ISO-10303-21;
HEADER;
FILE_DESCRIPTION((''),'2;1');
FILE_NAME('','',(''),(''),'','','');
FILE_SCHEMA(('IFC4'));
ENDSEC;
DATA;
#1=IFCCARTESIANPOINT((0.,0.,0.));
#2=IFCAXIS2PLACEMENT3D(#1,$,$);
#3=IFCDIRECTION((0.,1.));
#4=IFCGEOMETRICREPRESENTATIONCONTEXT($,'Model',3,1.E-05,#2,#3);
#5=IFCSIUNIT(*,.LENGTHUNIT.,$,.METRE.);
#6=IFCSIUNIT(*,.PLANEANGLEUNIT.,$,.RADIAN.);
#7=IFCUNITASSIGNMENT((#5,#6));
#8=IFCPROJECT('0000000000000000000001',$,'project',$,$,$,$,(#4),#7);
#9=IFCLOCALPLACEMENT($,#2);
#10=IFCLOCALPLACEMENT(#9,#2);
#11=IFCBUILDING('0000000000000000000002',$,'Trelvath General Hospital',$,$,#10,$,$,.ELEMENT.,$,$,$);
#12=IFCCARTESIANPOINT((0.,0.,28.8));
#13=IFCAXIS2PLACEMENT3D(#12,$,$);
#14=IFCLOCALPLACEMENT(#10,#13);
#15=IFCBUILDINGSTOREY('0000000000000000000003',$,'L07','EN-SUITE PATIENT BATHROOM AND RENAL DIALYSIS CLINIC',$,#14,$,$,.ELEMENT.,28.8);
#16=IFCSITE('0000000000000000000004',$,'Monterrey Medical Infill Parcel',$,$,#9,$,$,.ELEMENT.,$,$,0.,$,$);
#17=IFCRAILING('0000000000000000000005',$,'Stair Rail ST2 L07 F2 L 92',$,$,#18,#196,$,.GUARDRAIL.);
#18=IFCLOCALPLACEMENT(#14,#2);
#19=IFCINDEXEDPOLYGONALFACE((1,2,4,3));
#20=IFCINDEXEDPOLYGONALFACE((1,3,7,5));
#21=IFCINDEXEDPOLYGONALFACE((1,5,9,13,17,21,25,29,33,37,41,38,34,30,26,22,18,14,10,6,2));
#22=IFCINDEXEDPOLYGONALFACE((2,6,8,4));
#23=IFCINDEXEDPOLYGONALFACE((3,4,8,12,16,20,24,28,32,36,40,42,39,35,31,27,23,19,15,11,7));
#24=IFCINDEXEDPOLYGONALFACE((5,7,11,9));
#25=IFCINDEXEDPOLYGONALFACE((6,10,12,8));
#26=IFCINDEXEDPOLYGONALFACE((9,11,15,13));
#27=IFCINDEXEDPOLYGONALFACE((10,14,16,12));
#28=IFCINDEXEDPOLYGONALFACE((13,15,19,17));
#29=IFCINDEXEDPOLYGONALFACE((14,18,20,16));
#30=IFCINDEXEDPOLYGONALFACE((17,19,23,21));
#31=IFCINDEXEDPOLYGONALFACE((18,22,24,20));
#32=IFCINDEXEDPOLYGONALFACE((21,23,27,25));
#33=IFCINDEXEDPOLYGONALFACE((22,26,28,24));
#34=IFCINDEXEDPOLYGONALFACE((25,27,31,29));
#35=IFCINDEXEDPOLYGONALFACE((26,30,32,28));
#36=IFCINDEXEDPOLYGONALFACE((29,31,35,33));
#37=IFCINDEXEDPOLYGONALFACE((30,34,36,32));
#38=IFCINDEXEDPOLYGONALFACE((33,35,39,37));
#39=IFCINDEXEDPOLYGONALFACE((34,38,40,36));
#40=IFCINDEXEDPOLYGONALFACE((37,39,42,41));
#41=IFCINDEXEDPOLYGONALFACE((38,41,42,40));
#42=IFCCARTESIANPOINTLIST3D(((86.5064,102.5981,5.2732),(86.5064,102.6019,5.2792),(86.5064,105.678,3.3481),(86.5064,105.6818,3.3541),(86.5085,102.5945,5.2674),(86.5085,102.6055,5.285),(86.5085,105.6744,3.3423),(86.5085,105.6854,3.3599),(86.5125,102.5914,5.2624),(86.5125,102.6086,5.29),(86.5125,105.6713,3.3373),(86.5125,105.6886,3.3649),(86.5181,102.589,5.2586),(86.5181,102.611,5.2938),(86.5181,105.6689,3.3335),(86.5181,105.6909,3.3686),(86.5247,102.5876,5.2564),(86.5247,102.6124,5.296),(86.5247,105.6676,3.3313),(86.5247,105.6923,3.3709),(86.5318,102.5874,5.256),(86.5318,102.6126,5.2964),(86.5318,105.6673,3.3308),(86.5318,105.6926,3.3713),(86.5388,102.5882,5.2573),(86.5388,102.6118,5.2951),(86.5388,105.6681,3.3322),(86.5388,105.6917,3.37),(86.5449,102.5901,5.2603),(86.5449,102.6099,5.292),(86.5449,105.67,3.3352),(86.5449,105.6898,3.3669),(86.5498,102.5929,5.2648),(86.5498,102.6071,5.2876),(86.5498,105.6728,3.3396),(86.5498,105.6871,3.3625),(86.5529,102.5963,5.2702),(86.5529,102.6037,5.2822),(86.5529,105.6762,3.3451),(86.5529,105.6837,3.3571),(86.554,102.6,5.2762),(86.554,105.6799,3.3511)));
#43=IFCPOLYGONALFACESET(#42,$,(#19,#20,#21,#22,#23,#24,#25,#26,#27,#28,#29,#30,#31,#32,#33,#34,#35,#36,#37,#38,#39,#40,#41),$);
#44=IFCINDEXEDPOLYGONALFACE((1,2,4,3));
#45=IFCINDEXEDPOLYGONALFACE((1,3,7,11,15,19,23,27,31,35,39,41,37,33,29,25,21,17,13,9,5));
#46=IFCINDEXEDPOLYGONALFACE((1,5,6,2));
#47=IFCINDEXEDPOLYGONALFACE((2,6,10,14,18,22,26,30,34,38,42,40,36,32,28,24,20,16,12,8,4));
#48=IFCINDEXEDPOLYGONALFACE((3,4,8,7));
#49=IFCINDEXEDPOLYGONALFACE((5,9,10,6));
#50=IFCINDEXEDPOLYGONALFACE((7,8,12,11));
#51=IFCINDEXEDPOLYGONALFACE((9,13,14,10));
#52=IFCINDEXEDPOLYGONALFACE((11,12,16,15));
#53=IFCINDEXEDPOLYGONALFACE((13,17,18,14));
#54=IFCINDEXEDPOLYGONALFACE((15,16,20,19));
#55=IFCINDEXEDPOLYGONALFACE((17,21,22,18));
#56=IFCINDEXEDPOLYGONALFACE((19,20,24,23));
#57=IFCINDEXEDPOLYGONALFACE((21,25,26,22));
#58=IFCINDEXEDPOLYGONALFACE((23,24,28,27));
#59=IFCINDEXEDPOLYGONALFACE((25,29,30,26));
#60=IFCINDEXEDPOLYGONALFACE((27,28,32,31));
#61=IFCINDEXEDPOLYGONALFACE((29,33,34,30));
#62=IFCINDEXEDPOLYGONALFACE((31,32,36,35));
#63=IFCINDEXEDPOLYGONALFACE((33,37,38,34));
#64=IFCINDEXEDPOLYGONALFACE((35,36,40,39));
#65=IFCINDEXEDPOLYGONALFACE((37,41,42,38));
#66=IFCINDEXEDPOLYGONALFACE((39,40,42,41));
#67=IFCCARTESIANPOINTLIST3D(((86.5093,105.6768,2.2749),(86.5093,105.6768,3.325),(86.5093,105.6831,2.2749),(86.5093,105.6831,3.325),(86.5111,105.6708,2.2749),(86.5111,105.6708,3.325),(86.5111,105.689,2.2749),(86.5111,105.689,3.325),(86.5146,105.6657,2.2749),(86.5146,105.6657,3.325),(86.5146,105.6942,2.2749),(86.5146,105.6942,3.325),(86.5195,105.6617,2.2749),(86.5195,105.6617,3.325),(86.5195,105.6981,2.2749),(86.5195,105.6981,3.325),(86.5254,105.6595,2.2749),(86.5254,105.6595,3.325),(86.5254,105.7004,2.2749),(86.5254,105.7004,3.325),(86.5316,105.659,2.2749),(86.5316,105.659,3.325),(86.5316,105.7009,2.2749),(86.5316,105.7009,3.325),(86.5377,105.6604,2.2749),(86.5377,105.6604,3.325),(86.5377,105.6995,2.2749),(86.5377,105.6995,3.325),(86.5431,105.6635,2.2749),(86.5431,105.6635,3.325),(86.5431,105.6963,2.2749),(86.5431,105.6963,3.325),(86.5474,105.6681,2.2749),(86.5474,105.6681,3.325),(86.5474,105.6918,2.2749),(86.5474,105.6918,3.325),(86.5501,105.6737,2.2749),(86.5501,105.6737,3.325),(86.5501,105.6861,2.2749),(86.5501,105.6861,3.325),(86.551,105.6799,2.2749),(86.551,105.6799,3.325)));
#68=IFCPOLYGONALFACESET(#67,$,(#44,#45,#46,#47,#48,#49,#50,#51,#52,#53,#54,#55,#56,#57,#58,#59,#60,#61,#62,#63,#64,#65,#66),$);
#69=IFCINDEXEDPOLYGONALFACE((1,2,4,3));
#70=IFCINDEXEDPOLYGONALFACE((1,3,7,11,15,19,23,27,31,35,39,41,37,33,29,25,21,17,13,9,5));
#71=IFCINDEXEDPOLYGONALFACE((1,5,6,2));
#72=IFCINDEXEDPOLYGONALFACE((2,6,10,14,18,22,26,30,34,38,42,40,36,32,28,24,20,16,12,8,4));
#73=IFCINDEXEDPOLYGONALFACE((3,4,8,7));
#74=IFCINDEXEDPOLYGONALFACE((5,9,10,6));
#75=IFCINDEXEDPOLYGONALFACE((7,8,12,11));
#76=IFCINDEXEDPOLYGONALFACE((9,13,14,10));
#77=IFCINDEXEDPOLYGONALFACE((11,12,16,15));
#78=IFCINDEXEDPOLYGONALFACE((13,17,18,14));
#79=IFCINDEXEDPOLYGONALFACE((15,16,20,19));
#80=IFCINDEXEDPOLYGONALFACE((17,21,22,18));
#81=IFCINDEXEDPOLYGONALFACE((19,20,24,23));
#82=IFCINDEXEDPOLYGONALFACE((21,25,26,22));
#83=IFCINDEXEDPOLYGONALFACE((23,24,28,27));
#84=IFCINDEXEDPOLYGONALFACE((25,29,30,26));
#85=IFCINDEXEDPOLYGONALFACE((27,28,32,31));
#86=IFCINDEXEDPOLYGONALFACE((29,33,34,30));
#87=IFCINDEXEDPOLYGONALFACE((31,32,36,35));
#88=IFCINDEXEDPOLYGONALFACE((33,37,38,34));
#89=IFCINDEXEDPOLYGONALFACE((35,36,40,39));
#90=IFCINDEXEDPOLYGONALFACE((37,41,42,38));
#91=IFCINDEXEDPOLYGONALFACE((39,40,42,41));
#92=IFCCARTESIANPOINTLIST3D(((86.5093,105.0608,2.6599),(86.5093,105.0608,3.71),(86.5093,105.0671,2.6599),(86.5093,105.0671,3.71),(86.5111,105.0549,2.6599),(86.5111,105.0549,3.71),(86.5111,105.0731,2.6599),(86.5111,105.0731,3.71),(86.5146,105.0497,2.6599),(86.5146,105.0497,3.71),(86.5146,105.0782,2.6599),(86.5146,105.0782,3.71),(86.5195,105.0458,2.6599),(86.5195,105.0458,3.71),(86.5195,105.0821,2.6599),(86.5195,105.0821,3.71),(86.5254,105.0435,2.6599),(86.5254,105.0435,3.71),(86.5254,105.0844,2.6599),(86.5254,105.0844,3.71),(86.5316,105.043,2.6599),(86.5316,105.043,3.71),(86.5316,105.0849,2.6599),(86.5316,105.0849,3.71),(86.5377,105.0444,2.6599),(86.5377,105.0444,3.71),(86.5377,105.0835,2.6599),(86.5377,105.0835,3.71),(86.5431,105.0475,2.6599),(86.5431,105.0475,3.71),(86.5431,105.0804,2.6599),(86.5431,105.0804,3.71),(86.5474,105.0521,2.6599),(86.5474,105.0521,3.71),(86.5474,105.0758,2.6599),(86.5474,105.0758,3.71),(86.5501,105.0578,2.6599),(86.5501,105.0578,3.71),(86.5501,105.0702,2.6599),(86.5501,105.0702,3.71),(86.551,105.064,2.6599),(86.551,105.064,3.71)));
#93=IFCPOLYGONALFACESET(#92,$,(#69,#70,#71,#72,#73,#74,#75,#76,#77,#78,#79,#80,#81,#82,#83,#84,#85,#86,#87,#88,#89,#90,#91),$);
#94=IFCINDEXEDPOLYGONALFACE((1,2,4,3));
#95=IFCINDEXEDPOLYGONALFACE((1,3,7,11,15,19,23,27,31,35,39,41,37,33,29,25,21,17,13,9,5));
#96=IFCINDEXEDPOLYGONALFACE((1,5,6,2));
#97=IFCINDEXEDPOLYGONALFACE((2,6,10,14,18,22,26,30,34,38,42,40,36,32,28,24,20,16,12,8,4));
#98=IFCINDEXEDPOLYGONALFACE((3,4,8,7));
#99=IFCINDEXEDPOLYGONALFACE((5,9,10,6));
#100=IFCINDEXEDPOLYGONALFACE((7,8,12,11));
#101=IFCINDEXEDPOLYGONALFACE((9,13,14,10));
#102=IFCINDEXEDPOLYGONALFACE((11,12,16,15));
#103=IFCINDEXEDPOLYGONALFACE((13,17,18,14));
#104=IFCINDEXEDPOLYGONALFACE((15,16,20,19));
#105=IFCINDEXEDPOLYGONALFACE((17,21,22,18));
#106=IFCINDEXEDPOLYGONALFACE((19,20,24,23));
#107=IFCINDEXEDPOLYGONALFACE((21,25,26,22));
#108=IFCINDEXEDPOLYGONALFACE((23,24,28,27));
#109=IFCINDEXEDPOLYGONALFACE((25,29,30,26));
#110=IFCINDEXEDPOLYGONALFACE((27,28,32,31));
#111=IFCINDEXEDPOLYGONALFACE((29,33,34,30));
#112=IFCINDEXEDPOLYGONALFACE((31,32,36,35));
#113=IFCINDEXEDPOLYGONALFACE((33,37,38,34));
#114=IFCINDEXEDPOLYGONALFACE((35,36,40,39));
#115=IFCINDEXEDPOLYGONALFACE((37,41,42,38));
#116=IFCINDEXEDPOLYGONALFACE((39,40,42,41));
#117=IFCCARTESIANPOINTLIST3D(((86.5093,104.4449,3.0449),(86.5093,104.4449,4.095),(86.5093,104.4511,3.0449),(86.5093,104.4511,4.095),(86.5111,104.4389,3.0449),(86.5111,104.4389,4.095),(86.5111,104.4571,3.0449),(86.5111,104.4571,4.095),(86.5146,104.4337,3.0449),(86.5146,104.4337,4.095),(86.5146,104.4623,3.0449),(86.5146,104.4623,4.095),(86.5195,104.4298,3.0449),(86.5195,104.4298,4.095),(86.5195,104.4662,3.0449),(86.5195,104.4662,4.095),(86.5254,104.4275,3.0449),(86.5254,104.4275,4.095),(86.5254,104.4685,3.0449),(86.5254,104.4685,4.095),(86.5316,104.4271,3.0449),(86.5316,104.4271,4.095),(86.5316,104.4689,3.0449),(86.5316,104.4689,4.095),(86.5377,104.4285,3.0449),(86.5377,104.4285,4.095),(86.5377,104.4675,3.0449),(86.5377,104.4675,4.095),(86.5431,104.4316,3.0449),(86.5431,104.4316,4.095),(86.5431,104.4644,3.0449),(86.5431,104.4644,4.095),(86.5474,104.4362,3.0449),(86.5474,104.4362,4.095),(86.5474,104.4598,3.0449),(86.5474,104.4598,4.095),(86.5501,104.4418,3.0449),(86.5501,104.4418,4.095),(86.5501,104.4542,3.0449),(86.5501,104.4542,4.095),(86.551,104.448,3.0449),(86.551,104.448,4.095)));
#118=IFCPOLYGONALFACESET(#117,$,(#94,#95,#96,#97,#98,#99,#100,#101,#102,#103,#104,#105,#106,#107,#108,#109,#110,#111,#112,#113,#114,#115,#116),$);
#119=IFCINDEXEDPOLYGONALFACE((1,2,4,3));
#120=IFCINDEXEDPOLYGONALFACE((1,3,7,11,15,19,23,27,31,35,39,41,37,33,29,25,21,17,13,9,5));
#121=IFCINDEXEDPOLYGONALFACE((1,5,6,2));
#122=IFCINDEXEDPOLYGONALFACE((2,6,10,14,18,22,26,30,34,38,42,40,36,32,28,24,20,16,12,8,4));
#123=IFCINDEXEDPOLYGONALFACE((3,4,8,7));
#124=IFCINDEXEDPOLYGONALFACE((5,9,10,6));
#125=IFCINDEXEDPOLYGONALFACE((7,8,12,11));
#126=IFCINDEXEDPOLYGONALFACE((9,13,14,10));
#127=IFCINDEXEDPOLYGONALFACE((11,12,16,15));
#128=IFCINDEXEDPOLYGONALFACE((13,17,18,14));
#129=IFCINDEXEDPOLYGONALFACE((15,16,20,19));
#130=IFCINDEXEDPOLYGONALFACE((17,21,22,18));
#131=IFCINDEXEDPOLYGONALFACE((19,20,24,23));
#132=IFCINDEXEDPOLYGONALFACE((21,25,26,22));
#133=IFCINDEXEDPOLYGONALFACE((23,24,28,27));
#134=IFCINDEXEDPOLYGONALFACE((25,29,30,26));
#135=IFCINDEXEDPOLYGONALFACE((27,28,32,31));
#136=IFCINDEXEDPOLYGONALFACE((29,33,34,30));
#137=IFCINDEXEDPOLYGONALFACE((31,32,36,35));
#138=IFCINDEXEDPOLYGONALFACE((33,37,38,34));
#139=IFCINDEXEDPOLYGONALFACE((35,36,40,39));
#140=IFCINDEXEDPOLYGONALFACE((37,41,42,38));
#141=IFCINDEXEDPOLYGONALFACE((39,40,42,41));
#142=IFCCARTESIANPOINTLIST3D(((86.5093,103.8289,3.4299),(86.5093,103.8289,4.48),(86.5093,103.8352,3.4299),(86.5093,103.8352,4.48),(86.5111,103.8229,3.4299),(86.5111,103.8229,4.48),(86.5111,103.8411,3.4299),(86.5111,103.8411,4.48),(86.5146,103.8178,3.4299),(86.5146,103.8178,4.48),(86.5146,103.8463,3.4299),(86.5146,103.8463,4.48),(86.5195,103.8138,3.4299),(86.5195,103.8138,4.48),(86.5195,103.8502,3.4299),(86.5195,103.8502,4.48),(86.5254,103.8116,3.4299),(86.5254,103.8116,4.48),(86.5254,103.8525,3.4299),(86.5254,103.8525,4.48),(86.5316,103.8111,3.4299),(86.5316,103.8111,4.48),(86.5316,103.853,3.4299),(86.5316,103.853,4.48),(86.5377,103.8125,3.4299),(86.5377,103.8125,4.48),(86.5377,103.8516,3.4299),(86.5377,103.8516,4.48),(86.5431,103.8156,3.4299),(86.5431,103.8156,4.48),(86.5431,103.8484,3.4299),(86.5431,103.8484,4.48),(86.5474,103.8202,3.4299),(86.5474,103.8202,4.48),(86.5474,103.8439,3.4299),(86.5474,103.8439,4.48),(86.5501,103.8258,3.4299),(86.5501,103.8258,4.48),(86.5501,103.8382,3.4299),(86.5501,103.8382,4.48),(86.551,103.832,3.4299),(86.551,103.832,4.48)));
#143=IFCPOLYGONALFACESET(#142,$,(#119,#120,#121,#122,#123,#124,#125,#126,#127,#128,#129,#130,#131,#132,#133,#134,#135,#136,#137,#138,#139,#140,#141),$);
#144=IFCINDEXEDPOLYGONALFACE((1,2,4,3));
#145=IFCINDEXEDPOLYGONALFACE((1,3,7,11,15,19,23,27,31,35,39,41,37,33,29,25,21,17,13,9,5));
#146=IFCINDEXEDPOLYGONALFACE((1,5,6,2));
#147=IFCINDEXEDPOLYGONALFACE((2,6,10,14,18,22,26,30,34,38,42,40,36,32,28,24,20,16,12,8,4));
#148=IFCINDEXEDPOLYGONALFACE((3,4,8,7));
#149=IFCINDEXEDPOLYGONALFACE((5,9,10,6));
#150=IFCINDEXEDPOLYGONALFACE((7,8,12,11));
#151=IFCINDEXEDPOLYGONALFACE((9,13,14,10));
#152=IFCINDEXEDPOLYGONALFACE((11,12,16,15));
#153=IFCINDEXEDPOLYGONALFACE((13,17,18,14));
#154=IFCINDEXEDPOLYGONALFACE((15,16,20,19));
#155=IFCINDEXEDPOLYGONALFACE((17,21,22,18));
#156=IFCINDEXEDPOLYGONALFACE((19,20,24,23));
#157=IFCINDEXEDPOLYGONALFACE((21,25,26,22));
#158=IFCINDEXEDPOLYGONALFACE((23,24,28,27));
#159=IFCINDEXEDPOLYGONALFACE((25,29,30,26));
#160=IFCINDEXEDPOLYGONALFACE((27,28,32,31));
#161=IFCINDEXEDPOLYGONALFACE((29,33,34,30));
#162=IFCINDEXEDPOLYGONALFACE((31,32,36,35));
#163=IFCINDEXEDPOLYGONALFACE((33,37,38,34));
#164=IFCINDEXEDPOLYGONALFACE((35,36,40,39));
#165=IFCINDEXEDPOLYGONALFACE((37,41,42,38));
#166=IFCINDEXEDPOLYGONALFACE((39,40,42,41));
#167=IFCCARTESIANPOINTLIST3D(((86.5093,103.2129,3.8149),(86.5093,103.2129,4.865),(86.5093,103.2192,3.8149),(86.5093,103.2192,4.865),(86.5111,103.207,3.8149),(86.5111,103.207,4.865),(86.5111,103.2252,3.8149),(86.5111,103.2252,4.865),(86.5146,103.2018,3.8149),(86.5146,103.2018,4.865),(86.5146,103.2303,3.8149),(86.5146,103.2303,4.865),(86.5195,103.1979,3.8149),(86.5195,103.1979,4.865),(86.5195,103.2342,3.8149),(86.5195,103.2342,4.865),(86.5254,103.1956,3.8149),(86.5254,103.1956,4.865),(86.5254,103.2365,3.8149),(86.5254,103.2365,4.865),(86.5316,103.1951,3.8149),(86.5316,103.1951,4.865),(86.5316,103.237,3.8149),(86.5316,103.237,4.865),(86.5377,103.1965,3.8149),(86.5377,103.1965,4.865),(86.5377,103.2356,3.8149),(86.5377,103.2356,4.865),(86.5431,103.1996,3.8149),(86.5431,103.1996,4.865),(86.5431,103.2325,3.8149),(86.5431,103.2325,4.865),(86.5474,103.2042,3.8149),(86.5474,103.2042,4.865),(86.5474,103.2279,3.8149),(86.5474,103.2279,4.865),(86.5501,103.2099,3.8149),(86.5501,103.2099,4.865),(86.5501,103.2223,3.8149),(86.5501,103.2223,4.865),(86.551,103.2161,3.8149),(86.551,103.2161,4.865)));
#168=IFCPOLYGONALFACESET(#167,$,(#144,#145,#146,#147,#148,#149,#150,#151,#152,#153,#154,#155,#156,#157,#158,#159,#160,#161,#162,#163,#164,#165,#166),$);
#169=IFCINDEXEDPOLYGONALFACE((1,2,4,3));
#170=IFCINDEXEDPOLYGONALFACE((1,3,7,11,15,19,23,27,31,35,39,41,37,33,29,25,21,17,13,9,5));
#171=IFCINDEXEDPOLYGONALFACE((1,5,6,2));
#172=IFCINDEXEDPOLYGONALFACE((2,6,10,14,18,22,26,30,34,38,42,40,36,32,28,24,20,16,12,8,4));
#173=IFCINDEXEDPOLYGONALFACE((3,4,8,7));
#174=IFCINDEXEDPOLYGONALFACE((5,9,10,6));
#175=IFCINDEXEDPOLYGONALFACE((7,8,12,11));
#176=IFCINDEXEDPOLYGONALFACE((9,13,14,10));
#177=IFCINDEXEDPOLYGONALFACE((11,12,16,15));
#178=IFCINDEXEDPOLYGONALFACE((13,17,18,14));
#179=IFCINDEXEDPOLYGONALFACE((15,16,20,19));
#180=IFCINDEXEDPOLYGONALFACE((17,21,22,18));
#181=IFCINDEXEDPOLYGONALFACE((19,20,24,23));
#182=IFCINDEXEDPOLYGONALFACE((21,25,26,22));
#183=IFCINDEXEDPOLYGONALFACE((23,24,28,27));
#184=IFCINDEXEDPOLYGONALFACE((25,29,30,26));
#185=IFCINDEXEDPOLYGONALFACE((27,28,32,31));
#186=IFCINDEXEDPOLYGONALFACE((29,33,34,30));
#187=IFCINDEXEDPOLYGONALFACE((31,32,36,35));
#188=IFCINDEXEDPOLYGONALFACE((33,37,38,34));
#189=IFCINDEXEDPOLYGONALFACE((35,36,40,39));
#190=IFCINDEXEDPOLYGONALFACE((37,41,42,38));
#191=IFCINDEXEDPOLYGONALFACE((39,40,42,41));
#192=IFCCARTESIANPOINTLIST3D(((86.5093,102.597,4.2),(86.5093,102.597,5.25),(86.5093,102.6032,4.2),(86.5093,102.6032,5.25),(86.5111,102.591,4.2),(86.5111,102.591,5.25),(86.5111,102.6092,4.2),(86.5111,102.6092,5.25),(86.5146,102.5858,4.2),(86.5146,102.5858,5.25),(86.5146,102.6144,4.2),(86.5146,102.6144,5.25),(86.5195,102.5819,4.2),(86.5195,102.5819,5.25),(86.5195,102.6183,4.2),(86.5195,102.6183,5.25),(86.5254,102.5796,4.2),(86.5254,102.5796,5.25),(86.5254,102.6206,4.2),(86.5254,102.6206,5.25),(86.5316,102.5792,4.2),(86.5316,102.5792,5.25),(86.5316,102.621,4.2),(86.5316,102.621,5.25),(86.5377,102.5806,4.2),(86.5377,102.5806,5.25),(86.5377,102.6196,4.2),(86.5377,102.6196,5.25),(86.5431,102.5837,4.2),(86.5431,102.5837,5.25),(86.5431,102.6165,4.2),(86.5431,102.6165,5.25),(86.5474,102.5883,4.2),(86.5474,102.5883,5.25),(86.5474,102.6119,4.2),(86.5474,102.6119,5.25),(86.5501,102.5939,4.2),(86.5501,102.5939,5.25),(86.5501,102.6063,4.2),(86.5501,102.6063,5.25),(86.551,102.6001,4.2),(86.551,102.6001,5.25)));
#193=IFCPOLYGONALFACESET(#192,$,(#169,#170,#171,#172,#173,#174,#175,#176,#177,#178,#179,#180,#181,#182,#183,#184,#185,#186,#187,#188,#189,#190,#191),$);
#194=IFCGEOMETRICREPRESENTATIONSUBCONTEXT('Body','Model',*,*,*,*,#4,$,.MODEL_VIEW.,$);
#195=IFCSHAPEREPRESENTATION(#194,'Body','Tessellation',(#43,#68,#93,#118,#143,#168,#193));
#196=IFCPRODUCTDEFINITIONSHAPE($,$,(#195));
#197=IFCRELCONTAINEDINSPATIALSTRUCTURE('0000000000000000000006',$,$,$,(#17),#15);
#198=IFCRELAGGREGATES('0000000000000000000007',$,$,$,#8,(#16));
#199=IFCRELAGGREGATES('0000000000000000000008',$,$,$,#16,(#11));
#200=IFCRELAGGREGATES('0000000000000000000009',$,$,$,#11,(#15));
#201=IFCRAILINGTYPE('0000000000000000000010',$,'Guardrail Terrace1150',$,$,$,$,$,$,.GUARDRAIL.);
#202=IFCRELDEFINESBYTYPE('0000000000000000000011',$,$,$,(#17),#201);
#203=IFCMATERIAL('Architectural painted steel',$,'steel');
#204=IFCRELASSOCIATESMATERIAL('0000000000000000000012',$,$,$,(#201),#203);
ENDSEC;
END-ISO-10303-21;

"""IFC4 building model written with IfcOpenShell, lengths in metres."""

from ifc_helpers import new_model, si_unit, direction, frame, origin, origin_2d, place, context, subcontext, project, spatial, circle, extrude, material, type_object, element, save


model = new_model("IFC4")

# Units and contexts
model_context = context("Model", 3, precision=1e-05, world=origin(), true_north=direction((0.0, 1.0)))
body_context = subcontext(model_context, "Body", "Model", "MODEL_VIEW")
ifc_project = project(units=[si_unit("LENGTHUNIT", "METRE"), si_unit("PLANEANGLEUNIT", "RADIAN")], contexts=[model_context])

# Site, building, storey
site_placement = place(None, origin())
site = spatial("IfcSite", under=ifc_project, at=site_placement, Name="Monterrey Medical Infill Parcel", CompositionType="ELEMENT", RefElevation=0.0)
building_placement = place(site_placement, origin())
building = spatial("IfcBuilding", under=site, at=building_placement, Name="Trelvath General Hospital", CompositionType="ELEMENT")
storey_placement = place(building_placement, frame((0.0, 0.0, 28.8)))
storey = spatial("IfcBuildingStorey", under=building, at=storey_placement, Name="L07", Description="EN-SUITE PATIENT BATHROOM AND RENAL DIALYSIS CLINIC", CompositionType="ELEMENT", Elevation=28.8)

# Railing
ifc_material_1 = material(Name="Architectural painted steel", Category="steel")
railing_type_1 = type_object("IfcRailingType", Name="Guardrail Terrace1150", PredefinedType="GUARDRAIL", material=ifc_material_1)
railing_1_placement = place(storey_placement, frame((86.53, 105.6799, 2.2749)))
element("IfcRailing", 1, at=railing_1_placement, inside=storey, type_object=railing_type_1, Name="Stair Rail ST2 L07 F2 L 92", PredefinedType="GUARDRAIL", context=body_context, shape_type="SweptSolid", body=[
    extrude(circle(Radius=0.0239, at=origin_2d()), frame((0.0, 0.0, 1.0762), z_axis=(0.0, -0.847979, 0.530029), x_axis=(1.0, 0.0, 0.0)), (0.0, 0.0, 1.0), 3.6321),
    extrude(circle(Radius=0.021, at=origin_2d()), origin(), (0.0, 0.0, 1.0), 1.05),
    extrude(circle(Radius=0.021, at=origin_2d()), frame((0.0, -0.616, 0.385)), (0.0, 0.0, 1.0), 1.05),
    extrude(circle(Radius=0.021, at=origin_2d()), frame((0.0, -1.2319, 0.77)), (0.0, 0.0, 1.0), 1.05),
    extrude(circle(Radius=0.021, at=origin_2d()), frame((0.0, -1.8479, 1.155)), (0.0, 0.0, 1.0), 1.05),
    extrude(circle(Radius=0.021, at=origin_2d()), frame((0.0, -2.4639, 1.54)), (0.0, 0.0, 1.0), 1.05),
    extrude(circle(Radius=0.021, at=origin_2d()), frame((0.0, -3.0798, 1.925)), (0.0, 0.0, 1.0), 1.05),
])

save(model, "model.ifc")
